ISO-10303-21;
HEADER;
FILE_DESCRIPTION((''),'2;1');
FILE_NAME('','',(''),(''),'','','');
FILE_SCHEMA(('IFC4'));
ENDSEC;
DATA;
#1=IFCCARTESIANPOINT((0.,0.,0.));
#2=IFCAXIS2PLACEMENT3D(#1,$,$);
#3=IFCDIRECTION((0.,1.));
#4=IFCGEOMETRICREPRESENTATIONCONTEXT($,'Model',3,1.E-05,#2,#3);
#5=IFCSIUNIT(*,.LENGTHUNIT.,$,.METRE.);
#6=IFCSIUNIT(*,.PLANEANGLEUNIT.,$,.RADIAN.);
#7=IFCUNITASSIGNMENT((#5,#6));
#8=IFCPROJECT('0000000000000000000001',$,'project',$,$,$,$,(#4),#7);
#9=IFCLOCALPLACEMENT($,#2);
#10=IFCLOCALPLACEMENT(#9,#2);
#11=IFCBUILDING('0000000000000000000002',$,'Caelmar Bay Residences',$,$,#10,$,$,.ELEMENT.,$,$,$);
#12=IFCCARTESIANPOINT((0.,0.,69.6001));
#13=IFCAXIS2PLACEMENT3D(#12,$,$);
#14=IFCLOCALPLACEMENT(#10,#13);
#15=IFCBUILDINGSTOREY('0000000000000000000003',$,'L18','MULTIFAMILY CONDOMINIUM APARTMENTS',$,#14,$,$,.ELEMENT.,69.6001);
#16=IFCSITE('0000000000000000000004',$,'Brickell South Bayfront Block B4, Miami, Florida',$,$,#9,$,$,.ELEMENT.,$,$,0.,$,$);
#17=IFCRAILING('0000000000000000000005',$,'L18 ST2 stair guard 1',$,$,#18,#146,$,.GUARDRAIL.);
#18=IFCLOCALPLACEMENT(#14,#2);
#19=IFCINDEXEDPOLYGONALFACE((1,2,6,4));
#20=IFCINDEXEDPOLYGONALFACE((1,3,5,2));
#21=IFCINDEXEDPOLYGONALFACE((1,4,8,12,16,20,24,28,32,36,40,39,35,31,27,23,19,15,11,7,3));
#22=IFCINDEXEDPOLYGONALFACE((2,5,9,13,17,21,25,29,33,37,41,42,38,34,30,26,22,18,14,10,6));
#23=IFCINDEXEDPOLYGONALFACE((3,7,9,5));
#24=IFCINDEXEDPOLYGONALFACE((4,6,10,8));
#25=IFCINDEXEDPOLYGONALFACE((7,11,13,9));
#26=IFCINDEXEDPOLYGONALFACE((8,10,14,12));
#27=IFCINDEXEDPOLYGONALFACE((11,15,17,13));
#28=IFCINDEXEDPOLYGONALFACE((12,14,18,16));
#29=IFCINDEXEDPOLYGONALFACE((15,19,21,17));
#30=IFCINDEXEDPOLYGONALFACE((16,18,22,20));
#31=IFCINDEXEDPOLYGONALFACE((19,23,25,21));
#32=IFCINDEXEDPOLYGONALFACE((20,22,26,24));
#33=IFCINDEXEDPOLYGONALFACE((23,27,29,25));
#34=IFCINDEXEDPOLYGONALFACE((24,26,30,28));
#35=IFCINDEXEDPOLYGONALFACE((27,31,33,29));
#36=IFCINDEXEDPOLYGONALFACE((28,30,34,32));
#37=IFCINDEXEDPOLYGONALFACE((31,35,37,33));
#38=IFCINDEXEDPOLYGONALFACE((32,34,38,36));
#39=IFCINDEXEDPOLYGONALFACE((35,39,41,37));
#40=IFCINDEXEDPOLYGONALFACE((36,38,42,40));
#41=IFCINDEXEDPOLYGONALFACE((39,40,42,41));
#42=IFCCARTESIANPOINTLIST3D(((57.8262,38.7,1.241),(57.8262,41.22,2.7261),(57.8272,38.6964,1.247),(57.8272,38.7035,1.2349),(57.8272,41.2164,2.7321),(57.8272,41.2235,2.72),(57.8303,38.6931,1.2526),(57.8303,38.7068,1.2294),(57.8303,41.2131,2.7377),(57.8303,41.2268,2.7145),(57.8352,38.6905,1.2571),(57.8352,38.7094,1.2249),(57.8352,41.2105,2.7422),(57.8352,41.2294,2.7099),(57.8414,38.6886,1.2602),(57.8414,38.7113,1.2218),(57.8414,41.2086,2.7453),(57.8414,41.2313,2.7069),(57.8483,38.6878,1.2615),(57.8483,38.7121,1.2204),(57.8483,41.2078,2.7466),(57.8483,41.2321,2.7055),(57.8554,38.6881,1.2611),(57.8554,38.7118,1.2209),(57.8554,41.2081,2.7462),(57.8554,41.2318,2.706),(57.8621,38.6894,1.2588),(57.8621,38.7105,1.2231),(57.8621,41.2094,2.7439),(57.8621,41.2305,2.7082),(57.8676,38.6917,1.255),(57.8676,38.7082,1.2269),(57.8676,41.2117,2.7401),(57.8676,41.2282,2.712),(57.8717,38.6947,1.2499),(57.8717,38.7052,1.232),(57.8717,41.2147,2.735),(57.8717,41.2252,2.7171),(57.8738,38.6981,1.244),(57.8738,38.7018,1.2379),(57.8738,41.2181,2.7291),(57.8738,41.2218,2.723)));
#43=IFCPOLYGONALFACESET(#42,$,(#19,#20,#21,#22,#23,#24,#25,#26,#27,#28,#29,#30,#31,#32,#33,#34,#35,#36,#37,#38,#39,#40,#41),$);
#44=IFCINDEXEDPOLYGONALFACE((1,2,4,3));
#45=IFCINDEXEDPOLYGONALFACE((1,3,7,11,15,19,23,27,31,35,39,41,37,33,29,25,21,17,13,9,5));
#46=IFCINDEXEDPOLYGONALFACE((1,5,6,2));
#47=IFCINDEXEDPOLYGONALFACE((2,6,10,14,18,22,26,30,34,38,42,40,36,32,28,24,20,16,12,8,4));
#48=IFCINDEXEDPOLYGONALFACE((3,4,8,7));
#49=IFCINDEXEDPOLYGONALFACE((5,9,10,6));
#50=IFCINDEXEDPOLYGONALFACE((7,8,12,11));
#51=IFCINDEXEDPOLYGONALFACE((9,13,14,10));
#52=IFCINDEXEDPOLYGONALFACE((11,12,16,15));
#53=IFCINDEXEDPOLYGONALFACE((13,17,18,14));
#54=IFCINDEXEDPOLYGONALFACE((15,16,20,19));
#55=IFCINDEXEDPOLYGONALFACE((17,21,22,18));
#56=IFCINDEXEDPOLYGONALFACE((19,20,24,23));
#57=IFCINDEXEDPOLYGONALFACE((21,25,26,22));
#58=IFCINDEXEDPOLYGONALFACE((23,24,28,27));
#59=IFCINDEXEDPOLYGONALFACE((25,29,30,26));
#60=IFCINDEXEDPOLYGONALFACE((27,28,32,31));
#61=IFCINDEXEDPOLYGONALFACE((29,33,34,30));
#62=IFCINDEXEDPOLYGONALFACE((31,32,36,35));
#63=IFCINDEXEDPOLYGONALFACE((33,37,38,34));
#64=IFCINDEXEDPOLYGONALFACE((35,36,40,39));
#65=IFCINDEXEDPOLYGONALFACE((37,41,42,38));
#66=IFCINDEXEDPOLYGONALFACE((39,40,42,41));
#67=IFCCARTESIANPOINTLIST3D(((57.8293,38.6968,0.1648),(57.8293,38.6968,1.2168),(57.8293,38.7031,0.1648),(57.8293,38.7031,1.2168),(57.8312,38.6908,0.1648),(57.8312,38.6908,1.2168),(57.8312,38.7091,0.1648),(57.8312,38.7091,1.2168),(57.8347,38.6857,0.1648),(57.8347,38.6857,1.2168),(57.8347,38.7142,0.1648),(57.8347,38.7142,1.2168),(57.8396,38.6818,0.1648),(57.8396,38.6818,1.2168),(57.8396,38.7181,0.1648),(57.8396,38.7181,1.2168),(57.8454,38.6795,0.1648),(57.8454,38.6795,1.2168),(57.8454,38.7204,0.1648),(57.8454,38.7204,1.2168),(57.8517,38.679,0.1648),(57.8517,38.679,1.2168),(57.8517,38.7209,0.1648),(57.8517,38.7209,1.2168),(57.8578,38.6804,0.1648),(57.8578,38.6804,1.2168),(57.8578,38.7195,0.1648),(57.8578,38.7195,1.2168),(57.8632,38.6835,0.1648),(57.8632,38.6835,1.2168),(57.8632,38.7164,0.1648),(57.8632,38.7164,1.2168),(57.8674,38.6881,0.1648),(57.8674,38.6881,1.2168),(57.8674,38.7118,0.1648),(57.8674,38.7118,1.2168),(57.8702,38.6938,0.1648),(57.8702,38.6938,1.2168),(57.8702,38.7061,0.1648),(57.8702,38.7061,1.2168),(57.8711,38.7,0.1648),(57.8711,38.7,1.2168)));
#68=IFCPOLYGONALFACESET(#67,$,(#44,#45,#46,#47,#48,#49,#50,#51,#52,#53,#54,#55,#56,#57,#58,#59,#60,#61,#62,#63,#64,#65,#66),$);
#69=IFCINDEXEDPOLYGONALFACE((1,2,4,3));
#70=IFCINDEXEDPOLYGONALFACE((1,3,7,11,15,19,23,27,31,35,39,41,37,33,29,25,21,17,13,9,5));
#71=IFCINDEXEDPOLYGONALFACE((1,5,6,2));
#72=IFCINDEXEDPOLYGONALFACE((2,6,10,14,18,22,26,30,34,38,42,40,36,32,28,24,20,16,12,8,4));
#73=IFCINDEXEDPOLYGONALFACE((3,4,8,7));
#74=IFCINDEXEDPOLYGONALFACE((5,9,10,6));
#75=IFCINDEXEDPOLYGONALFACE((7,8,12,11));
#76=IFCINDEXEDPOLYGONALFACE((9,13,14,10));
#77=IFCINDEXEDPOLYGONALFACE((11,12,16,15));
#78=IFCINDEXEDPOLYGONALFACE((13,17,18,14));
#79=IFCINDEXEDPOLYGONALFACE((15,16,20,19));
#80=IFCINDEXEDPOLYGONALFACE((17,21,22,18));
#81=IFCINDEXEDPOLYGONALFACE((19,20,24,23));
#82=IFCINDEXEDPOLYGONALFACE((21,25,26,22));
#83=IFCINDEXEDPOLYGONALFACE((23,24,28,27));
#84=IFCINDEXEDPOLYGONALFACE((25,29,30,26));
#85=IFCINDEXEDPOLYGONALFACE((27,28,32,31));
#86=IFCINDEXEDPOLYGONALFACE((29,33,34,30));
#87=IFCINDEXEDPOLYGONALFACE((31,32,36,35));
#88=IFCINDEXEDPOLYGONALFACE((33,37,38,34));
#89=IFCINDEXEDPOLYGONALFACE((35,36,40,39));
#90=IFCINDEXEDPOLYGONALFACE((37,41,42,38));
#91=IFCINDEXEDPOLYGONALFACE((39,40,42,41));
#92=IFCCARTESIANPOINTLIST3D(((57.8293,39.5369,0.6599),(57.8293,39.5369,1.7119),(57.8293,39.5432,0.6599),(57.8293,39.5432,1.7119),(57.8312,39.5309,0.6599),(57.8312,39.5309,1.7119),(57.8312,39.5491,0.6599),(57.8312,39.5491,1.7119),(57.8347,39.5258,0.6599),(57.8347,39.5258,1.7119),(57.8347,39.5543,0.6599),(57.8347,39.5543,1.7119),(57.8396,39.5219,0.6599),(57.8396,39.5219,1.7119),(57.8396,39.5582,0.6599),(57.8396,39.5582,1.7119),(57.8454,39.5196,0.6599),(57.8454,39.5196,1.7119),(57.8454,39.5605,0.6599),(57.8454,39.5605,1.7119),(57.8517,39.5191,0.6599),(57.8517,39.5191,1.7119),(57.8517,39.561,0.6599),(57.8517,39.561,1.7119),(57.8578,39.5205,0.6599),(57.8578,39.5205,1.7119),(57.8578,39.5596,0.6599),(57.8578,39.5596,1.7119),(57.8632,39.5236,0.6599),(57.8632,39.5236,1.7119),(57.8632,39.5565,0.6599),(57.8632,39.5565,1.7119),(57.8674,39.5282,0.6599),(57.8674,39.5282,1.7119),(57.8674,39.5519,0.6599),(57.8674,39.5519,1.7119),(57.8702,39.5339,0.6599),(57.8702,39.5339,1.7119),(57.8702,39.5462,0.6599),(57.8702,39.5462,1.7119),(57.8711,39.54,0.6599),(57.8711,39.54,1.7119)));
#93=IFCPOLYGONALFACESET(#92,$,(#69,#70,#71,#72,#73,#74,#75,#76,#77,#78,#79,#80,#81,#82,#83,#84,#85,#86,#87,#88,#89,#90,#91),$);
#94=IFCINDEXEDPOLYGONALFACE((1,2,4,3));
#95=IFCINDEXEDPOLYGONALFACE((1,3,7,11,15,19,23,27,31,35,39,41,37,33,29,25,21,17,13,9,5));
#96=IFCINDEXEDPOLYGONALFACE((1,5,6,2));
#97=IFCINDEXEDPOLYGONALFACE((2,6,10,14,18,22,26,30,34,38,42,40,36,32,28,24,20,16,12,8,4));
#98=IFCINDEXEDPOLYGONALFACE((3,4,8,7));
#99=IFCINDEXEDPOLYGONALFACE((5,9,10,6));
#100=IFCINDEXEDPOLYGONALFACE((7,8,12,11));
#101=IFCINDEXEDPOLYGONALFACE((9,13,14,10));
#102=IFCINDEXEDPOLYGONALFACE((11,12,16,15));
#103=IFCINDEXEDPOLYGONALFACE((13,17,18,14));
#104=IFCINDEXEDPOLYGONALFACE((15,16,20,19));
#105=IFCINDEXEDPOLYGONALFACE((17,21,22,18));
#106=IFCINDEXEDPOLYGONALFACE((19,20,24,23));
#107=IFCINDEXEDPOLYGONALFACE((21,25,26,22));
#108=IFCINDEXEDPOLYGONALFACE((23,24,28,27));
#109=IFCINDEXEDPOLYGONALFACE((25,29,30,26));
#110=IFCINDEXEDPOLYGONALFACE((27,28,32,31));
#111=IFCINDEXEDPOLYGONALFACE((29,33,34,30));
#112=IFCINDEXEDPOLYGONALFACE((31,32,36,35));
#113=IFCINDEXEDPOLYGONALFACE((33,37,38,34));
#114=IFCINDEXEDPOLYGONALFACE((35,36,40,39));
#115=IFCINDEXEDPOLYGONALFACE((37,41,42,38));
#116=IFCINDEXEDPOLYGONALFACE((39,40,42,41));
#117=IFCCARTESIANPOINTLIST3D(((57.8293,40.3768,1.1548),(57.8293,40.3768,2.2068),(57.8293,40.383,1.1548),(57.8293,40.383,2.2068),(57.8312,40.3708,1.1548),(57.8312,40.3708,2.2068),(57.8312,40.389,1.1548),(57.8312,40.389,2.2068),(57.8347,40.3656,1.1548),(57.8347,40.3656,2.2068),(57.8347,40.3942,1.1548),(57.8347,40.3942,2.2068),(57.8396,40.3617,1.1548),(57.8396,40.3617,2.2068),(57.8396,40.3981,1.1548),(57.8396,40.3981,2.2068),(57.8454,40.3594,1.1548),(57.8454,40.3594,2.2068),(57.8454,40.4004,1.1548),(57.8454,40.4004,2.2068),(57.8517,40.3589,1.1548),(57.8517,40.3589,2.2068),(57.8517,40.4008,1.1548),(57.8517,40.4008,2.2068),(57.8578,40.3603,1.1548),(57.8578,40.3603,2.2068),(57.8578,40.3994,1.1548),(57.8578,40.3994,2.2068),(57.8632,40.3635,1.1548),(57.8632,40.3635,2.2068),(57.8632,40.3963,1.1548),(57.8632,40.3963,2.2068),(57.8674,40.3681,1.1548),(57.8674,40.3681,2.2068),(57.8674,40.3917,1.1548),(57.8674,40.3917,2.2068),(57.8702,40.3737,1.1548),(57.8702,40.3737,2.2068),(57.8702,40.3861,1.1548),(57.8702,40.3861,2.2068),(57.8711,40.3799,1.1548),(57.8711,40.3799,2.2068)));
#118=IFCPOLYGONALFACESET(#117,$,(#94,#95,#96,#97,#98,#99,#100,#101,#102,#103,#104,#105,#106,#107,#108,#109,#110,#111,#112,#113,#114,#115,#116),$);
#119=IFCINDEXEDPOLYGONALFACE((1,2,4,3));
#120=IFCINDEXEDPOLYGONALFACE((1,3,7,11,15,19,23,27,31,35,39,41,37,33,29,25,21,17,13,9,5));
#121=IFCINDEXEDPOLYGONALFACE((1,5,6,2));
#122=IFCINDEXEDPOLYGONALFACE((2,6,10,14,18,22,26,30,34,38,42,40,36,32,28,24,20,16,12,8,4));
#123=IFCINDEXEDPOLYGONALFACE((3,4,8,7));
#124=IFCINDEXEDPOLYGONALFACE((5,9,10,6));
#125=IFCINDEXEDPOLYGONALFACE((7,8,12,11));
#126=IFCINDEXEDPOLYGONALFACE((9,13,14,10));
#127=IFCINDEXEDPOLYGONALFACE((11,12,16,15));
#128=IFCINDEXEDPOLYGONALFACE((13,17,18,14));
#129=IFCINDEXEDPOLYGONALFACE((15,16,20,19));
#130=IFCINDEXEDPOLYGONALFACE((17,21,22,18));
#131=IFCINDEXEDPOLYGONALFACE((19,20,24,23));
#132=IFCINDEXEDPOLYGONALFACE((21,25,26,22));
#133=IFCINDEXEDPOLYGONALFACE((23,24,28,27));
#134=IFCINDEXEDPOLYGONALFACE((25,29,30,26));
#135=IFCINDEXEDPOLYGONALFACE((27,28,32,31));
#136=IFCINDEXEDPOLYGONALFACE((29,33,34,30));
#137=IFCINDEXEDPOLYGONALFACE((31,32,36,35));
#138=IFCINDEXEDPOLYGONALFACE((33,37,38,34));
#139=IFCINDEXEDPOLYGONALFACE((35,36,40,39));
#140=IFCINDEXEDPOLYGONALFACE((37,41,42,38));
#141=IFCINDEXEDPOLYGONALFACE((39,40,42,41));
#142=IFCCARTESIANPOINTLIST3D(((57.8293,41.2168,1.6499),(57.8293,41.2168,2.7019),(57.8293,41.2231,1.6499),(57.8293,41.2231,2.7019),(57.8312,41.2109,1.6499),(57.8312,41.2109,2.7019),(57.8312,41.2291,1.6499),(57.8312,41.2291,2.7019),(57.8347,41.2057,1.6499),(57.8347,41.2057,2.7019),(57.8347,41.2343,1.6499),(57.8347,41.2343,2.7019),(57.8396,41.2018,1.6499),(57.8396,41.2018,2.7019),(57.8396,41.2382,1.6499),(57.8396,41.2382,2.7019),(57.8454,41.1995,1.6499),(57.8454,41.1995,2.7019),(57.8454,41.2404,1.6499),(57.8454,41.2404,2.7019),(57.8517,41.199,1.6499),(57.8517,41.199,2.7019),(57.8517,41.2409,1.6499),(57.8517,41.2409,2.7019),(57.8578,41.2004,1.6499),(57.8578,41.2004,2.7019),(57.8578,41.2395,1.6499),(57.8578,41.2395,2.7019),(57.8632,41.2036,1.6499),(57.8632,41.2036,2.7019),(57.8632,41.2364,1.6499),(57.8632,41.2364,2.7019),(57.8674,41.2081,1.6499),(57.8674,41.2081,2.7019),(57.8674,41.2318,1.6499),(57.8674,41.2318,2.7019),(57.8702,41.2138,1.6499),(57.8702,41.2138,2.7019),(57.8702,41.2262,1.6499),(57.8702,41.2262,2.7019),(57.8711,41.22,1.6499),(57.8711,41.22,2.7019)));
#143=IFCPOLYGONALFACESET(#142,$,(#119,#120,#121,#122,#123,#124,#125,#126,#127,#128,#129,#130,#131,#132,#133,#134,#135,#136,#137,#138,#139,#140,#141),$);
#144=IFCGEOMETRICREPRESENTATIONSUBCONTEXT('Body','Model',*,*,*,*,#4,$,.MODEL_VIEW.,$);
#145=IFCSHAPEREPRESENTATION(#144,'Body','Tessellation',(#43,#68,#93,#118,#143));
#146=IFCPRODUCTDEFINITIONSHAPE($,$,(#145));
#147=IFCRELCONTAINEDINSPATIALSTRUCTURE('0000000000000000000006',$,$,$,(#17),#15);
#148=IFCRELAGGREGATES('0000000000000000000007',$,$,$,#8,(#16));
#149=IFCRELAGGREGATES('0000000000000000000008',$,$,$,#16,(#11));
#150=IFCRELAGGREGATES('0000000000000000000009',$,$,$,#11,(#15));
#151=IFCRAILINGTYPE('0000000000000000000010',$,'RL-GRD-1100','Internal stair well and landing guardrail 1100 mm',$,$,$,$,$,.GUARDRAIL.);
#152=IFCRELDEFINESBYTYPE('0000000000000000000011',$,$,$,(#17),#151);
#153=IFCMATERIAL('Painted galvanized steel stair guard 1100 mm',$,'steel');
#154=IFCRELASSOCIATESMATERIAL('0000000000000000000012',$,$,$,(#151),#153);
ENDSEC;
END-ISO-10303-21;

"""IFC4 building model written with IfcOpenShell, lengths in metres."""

from ifc_helpers import new_model, si_unit, direction, frame, origin, origin_2d, place, context, subcontext, project, spatial, circle, extrude, material, type_object, element, save


model = new_model("IFC4")

# Units and contexts
model_context = context("Model", 3, precision=1e-05, world=origin(), true_north=direction((0.0, 1.0)))
body_context = subcontext(model_context, "Body", "Model", "MODEL_VIEW")
ifc_project = project(units=[si_unit("LENGTHUNIT", "METRE"), si_unit("PLANEANGLEUNIT", "RADIAN")], contexts=[model_context])

# Site, building, storey
site_placement = place(None, origin())
site = spatial("IfcSite", under=ifc_project, at=site_placement, Name="Brickell South Bayfront Block B4, Miami, Florida", CompositionType="ELEMENT", RefElevation=0.0)
building_placement = place(site_placement, origin())
building = spatial("IfcBuilding", under=site, at=building_placement, Name="Caelmar Bay Residences", CompositionType="ELEMENT")
storey_placement = place(building_placement, frame((0.0, 0.0, 69.6001)))
storey = spatial("IfcBuildingStorey", under=building, at=storey_placement, Name="L18", Description="MULTIFAMILY CONDOMINIUM APARTMENTS", CompositionType="ELEMENT", Elevation=69.6001)

# Railing
ifc_material_1 = material(Name="Painted galvanized steel stair guard 1100 mm", Category="steel")
railing_type_1 = type_object("IfcRailingType", Name="RL-GRD-1100", Description="Internal stair well and landing guardrail 1100 mm", PredefinedType="GUARDRAIL", material=ifc_material_1)
railing_1_placement = place(storey_placement, frame((57.8501, 38.7, 0.1648)))
element("IfcRailing", 1, at=railing_1_placement, inside=storey, type_object=railing_type_1, Name="L18 ST2 stair guard 1", PredefinedType="GUARDRAIL", context=body_context, shape_type="SweptSolid", body=[
    extrude(circle(Radius=0.0239, at=origin_2d()), frame((0.0, 0.0, 1.0762), z_axis=(0.0, 0.861524, 0.507717), x_axis=(-1.0, 0.0, 0.0)), (0.0, 0.0, 1.0), 2.925),
    extrude(circle(Radius=0.021, at=origin_2d()), origin(), (0.0, 0.0, 1.0), 1.052),
    extrude(circle(Radius=0.021, at=origin_2d()), frame((0.0, 0.8401, 0.4951)), (0.0, 0.0, 1.0), 1.052),
    extrude(circle(Radius=0.021, at=origin_2d()), frame((0.0, 1.6799, 0.99)), (0.0, 0.0, 1.0), 1.052),
    extrude(circle(Radius=0.021, at=origin_2d()), frame((0.0, 2.52, 1.4851)), (0.0, 0.0, 1.0), 1.052),
])

save(model, "model.ifc")
